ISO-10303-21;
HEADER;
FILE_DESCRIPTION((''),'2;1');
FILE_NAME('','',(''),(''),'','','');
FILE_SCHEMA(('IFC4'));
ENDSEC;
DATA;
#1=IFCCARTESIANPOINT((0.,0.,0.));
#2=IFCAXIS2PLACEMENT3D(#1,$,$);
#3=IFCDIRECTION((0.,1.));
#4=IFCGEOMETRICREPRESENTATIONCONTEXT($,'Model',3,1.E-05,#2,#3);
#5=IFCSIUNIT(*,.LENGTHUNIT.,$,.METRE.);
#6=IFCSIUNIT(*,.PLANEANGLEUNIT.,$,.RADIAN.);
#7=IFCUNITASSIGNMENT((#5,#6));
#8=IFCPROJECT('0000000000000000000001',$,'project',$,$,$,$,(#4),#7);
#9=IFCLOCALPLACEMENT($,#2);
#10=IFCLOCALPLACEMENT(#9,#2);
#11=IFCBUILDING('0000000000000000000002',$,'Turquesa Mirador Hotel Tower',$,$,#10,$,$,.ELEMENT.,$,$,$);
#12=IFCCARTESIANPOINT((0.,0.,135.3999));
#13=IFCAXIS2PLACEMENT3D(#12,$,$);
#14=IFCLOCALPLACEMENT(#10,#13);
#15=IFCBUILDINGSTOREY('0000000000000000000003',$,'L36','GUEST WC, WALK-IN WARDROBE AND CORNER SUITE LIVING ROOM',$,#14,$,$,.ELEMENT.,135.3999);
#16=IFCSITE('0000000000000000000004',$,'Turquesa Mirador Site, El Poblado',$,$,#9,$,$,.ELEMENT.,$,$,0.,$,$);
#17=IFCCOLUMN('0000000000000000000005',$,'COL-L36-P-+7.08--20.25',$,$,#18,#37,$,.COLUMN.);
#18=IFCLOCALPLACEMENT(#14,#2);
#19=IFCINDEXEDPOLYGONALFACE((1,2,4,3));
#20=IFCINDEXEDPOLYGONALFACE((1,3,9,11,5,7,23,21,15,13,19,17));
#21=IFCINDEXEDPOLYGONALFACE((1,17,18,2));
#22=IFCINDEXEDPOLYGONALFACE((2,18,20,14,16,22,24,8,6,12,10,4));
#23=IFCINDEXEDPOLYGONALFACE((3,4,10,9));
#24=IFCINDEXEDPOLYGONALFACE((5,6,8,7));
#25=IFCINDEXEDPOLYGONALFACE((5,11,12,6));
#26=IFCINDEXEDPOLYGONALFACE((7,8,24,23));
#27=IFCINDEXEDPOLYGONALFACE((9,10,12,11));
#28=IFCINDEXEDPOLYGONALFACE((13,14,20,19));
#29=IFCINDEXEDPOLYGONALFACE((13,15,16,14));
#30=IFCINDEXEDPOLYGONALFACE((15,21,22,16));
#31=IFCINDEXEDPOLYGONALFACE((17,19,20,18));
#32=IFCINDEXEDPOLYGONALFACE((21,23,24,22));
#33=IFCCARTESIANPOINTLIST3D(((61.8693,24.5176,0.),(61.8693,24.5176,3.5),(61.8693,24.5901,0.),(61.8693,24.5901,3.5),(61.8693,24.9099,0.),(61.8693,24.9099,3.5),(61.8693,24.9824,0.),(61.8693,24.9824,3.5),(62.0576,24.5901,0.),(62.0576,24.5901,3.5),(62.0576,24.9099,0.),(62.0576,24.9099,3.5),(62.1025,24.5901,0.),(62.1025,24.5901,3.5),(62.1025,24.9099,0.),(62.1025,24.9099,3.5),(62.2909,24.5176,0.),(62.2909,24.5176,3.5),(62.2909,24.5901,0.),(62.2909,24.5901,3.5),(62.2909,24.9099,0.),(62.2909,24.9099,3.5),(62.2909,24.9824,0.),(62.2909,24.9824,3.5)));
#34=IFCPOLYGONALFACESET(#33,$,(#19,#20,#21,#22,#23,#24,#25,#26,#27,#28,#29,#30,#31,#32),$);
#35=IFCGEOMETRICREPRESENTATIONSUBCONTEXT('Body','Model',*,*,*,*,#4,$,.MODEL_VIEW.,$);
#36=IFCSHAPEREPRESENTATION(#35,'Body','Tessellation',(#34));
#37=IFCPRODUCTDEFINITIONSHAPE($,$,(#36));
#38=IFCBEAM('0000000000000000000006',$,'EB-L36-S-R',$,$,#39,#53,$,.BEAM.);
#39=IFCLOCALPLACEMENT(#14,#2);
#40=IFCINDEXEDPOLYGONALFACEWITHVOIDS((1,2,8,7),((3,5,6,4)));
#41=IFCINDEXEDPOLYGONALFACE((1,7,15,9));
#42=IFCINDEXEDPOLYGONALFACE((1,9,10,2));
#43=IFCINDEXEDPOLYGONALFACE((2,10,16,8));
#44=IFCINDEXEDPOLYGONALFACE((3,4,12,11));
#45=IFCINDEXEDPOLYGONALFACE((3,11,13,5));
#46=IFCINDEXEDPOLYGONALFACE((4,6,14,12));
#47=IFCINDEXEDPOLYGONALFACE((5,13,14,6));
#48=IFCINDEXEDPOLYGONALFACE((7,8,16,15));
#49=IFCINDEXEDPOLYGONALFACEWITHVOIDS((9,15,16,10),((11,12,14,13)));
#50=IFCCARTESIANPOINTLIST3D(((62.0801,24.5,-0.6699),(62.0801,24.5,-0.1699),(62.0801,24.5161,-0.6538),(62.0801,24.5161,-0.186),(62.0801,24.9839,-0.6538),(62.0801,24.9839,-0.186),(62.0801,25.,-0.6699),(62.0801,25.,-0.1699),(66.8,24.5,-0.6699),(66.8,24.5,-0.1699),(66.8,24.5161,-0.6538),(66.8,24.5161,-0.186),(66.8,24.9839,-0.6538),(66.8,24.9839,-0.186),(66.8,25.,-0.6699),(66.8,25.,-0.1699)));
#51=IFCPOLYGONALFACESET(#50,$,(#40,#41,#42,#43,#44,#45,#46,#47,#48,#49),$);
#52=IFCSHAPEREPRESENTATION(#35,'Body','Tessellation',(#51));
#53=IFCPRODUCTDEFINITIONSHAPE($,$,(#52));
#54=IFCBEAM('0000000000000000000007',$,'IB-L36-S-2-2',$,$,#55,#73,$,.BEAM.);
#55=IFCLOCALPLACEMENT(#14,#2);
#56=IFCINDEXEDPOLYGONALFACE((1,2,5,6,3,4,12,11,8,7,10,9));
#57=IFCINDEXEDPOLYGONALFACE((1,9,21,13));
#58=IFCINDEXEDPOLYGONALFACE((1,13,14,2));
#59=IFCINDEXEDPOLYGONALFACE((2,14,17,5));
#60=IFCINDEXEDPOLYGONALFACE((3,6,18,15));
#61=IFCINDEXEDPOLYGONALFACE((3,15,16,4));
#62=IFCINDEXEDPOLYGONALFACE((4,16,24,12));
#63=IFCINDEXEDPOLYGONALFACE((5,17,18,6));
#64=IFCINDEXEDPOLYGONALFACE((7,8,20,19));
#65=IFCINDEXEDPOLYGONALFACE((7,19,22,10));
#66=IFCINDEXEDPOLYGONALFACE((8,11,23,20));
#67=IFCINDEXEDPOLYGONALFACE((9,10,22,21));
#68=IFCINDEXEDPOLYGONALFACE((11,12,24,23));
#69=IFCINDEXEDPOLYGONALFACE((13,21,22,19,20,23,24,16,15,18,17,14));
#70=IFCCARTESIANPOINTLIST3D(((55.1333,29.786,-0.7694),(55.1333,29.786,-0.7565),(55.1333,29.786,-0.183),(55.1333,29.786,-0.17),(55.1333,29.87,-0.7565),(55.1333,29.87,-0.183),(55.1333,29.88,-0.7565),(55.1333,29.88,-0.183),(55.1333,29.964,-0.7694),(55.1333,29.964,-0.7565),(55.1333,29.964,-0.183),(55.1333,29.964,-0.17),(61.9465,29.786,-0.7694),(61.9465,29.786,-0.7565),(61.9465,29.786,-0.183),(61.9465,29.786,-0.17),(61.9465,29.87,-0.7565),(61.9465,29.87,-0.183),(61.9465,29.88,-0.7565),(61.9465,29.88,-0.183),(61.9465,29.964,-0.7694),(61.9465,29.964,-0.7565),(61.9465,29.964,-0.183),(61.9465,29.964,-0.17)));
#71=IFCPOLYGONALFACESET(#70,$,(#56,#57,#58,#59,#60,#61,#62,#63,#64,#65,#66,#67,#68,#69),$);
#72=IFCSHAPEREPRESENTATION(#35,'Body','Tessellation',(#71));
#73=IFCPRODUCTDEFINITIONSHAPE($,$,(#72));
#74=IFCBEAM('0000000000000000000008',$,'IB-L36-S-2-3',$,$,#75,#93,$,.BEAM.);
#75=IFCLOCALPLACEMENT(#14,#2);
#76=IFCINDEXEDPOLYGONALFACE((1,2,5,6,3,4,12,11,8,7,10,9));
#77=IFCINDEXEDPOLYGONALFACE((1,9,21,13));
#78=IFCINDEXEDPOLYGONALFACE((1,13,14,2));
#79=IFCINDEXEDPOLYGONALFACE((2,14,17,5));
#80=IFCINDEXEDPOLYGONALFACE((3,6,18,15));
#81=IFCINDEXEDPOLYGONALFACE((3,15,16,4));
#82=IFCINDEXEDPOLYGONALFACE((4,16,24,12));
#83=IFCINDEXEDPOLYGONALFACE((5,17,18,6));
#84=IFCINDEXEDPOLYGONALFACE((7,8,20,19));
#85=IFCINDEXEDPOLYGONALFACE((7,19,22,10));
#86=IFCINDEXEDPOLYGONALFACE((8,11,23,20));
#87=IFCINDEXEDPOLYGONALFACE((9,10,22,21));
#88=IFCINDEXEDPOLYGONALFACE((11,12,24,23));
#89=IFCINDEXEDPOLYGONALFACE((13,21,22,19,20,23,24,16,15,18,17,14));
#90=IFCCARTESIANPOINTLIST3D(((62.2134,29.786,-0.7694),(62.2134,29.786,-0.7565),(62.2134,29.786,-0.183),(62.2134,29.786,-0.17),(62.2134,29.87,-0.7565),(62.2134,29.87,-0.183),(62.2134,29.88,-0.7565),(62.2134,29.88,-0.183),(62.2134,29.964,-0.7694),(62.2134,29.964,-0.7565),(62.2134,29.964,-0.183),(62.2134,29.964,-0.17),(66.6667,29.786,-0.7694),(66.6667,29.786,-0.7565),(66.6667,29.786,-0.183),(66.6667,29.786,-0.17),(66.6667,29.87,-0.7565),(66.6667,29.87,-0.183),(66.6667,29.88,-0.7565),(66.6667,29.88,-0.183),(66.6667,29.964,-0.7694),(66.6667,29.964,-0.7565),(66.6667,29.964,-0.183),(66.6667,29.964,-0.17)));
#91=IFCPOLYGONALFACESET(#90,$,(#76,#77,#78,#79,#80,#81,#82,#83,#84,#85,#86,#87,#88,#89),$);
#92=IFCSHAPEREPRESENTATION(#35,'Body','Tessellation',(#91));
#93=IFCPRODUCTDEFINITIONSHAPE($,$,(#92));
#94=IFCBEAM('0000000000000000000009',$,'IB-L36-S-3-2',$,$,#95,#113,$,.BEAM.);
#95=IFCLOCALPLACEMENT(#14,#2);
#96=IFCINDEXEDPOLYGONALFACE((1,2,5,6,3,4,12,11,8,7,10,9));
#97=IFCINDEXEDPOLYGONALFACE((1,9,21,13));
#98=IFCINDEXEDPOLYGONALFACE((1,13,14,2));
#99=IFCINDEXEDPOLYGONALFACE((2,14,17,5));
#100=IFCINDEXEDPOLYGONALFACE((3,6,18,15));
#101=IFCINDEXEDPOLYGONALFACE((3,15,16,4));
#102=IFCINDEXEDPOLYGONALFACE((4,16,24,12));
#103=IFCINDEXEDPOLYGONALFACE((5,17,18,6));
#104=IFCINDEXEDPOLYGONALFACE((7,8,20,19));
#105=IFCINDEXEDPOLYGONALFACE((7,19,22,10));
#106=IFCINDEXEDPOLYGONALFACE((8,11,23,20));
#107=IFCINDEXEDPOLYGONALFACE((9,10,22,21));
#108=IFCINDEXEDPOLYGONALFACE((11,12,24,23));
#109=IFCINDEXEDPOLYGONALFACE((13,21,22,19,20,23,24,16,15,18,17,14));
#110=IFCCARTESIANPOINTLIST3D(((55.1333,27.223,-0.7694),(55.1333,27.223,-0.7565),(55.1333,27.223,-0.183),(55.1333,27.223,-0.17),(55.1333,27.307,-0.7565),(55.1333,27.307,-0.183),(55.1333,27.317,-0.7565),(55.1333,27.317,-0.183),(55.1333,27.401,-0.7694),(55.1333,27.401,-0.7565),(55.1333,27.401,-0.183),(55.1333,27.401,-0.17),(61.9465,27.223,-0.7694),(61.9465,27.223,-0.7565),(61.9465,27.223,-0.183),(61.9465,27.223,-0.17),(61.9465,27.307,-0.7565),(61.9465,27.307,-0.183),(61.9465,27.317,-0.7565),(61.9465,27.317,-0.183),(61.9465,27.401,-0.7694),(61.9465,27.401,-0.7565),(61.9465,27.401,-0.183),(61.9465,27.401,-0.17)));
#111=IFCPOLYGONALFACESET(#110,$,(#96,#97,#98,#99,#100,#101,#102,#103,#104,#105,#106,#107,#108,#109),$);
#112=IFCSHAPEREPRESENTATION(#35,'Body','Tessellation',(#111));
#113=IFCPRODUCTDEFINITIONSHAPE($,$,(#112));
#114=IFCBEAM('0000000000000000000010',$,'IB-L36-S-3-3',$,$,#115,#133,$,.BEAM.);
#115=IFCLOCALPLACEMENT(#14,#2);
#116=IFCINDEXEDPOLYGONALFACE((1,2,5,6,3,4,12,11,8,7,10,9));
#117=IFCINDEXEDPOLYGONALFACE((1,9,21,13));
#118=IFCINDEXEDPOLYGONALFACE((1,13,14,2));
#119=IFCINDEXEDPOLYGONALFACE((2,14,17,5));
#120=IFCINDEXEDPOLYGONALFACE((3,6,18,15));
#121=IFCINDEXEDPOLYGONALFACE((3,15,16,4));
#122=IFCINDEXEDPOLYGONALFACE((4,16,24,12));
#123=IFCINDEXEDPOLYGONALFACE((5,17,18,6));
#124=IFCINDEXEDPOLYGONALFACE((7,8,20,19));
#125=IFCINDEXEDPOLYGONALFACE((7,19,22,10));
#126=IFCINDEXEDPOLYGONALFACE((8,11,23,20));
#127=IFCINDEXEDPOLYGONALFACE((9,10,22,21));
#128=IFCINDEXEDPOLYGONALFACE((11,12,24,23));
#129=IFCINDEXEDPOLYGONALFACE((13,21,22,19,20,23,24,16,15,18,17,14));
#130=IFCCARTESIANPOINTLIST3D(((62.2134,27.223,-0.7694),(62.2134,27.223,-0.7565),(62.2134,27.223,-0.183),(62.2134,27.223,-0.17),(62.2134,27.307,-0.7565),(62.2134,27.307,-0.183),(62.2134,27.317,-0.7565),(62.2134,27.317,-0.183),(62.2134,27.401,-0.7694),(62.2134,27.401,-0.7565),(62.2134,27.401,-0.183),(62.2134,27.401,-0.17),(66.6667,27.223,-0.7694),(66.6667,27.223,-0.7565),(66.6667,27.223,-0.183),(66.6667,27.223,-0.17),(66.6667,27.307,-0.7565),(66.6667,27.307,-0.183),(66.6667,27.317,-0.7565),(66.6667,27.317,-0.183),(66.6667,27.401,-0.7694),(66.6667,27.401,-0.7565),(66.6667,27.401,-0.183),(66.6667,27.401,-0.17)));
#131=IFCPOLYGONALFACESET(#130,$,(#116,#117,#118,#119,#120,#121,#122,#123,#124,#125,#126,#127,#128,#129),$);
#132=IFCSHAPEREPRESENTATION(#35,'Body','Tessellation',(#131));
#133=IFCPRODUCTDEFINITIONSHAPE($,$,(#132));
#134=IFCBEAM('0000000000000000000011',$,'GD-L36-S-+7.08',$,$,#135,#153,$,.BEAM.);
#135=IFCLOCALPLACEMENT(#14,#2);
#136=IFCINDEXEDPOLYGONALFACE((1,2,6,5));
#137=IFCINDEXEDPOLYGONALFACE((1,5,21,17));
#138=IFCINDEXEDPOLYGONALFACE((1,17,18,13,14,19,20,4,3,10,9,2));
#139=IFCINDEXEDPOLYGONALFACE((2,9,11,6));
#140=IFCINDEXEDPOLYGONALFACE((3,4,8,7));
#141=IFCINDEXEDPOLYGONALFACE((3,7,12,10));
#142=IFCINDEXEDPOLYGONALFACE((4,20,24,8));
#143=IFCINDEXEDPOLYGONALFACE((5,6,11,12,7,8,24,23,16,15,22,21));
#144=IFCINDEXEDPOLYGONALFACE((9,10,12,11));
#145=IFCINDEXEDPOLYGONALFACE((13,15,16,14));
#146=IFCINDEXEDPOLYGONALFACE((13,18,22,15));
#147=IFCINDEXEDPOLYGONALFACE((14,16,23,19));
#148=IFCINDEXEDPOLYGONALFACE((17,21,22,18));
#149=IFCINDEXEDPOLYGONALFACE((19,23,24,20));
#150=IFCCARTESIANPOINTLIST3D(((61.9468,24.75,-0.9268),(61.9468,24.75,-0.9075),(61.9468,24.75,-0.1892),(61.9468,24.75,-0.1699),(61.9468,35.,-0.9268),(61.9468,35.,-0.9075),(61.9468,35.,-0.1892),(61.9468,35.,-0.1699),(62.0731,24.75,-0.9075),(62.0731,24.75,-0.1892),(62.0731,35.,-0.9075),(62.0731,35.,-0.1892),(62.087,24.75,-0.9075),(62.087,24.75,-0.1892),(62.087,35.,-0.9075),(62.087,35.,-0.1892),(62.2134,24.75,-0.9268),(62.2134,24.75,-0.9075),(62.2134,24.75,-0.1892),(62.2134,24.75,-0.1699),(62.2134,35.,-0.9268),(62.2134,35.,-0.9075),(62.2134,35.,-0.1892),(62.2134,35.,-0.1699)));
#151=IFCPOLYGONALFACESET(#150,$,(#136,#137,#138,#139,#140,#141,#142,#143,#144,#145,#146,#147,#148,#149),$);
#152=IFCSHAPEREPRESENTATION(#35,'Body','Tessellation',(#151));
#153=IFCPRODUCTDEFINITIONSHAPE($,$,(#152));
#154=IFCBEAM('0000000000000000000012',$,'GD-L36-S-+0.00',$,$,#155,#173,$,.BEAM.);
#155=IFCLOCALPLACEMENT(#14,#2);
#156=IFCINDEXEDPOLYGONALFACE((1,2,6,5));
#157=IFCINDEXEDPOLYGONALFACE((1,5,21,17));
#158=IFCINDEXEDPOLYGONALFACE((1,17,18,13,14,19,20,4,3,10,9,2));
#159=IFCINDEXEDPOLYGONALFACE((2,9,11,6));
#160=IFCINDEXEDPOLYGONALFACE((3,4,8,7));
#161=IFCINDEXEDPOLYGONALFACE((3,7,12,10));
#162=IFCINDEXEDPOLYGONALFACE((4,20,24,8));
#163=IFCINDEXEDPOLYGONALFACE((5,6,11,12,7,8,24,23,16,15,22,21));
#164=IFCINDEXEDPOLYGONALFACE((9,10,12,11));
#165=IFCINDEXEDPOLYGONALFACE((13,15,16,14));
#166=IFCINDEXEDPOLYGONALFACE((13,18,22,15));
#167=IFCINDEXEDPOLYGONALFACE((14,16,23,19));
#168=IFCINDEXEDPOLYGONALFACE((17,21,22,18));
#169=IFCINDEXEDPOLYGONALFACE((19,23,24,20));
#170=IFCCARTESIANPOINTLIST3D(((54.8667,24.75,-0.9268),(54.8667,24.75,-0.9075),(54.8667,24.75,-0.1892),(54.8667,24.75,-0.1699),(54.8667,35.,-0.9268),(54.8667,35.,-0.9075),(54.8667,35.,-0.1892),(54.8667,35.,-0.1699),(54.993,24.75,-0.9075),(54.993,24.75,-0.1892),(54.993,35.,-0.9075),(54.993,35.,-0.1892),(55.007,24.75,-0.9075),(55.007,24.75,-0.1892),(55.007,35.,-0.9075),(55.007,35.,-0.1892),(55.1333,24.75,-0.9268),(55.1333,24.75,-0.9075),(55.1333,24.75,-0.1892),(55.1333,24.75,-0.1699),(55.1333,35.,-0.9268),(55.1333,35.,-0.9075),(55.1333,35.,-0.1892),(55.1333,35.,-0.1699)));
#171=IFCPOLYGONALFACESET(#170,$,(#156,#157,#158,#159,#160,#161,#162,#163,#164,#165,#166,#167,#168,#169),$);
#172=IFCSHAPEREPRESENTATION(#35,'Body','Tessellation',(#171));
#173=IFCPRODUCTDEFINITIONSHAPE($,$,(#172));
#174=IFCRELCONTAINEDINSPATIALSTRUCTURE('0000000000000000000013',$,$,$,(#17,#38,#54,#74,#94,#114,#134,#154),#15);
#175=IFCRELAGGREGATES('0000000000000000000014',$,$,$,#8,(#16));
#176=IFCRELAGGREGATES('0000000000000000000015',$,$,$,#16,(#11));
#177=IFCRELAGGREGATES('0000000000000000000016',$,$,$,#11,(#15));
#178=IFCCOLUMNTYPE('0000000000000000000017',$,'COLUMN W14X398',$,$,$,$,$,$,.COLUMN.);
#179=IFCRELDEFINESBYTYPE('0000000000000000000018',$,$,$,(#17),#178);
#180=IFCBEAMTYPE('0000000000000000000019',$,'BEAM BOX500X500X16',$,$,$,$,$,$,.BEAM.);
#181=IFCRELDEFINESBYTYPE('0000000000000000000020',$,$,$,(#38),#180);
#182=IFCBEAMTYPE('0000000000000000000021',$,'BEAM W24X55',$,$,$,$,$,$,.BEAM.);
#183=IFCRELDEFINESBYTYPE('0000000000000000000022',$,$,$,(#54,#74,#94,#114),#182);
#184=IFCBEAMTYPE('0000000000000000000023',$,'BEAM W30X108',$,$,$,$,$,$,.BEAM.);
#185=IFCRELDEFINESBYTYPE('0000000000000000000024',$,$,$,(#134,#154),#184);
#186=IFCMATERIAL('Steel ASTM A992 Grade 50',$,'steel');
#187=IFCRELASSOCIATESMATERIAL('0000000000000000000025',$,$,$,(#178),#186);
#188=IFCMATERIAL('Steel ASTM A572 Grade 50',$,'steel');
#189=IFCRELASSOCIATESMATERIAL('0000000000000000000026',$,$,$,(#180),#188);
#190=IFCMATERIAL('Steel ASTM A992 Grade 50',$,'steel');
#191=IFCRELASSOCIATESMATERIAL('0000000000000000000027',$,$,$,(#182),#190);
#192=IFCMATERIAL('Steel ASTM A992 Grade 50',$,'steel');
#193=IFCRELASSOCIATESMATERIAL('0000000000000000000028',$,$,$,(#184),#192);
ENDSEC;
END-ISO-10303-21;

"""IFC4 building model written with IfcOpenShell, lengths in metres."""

from ifc_helpers import new_model, si_unit, direction, frame, origin, origin_2d, place, context, subcontext, project, spatial, hollow_rectangle, i_section, extrude, material, material_profile, profile_set, type_object, element, save


model = new_model("IFC4")

# Units and contexts
model_context = context("Model", 3, precision=1e-05, world=origin(), true_north=direction((0.0, 1.0)))
body_context = subcontext(model_context, "Body", "Model", "MODEL_VIEW")
ifc_project = project(units=[si_unit("LENGTHUNIT", "METRE"), si_unit("PLANEANGLEUNIT", "RADIAN")], contexts=[model_context])

# Site, building, storey
site_placement = place(None, origin())
site = spatial("IfcSite", under=ifc_project, at=site_placement, Name="Turquesa Mirador Site, El Poblado", CompositionType="ELEMENT", RefElevation=0.0)
building_placement = place(site_placement, origin())
building = spatial("IfcBuilding", under=site, at=building_placement, Name="Turquesa Mirador Hotel Tower", CompositionType="ELEMENT")
storey_placement = place(building_placement, frame((0.0, 0.0, 135.3999)))
storey = spatial("IfcBuildingStorey", under=building, at=storey_placement, Name="L36", Description="GUEST WC, WALK-IN WARDROBE AND CORNER SUITE LIVING ROOM", CompositionType="ELEMENT", Elevation=135.3999)

# Column
ifc_material_1 = material(Name="Steel ASTM A992 Grade 50", Category="steel")
ifc_material_profile_1 = material_profile(ifc_material_1, i_section(OverallWidth=0.4216, OverallDepth=0.4648, WebThickness=0.0449, FlangeThickness=0.0725, at=origin_2d()), Name="W14X398")
ifc_profile_set_1 = profile_set([ifc_material_profile_1], Name="Steel ASTM A992 Grade 50")
column_type = type_object("IfcColumnType", Name="COLUMN W14X398", PredefinedType="COLUMN", material=ifc_profile_set_1)
column_placement = place(storey_placement, frame((62.0801, 24.75, 0.0), z_axis=(0.0, 0.0, 1.0), x_axis=(1.0, 0.0, 0.0)))
element("IfcColumn", 1, at=column_placement, inside=storey, type_object=column_type, Name="COL-L36-P-+7.08--20.25", PredefinedType="COLUMN", context=body_context, shape_type="SweptSolid", body=[
    extrude(i_section(OverallWidth=0.4216, OverallDepth=0.4648, WebThickness=0.0449, FlangeThickness=0.0725, at=origin_2d()), origin(), (0.0, 0.0, 1.0), 3.5),
])

# Beams
ifc_material_2 = material(Name="Steel ASTM A572 Grade 50", Category="steel")
ifc_material_profile_2 = material_profile(ifc_material_2, hollow_rectangle(XDim=0.5, YDim=0.5, WallThickness=0.0161, at=origin_2d()), Name="BOX500X500X16")
ifc_profile_set_2 = profile_set([ifc_material_profile_2], Name="Steel ASTM A572 Grade 50")
beam_type_1 = type_object("IfcBeamType", Name="BEAM BOX500X500X16", PredefinedType="BEAM", material=ifc_profile_set_2)
beam_1_placement = place(storey_placement, frame((62.0801, 24.75, -0.4199), z_axis=(1.0, 0.0, 0.0), x_axis=(0.0, 1.0, 0.0)))
element("IfcBeam", 2, at=beam_1_placement, inside=storey, type_object=beam_type_1, Name="EB-L36-S-R", PredefinedType="BEAM", context=body_context, shape_type="SweptSolid", body=[
    extrude(hollow_rectangle(XDim=0.5, YDim=0.5, WallThickness=0.0161, at=origin_2d()), origin(), (0.0, 0.0, 1.0), 4.72),
])
ifc_material_3 = material(Name="Steel ASTM A992 Grade 50", Category="steel")
ifc_material_profile_3 = material_profile(ifc_material_3, i_section(OverallWidth=0.178, OverallDepth=0.5994, WebThickness=0.01, FlangeThickness=0.0129, at=origin_2d()), Name="W24X55")
ifc_profile_set_3 = profile_set([ifc_material_profile_3], Name="Steel ASTM A992 Grade 50")
beam_type_2 = type_object("IfcBeamType", Name="BEAM W24X55", PredefinedType="BEAM", material=ifc_profile_set_3)
beam_2_placement = place(storey_placement, frame((55.1333, 29.875, -0.4697), z_axis=(1.0, 0.0, 0.0), x_axis=(0.0, 1.0, 0.0)))
element("IfcBeam", 3, at=beam_2_placement, inside=storey, type_object=beam_type_2, Name="IB-L36-S-2-2", PredefinedType="BEAM", context=body_context, shape_type="SweptSolid", body=[
    extrude(i_section(OverallWidth=0.178, OverallDepth=0.5994, WebThickness=0.01, FlangeThickness=0.0129, at=origin_2d()), origin(), (0.0, 0.0, 1.0), 6.8132),
])
beam_3_placement = place(storey_placement, frame((62.2134, 29.875, -0.4697), z_axis=(1.0, 0.0, 0.0), x_axis=(0.0, 1.0, 0.0)))
element("IfcBeam", 4, at=beam_3_placement, inside=storey, type_object=beam_type_2, Name="IB-L36-S-2-3", PredefinedType="BEAM", context=body_context, shape_type="SweptSolid", body=[
    extrude(i_section(OverallWidth=0.178, OverallDepth=0.5994, WebThickness=0.01, FlangeThickness=0.0129, at=origin_2d()), origin(), (0.0, 0.0, 1.0), 4.4534),
])
beam_4_placement = place(storey_placement, frame((55.1333, 27.312, -0.4697), z_axis=(1.0, 0.0, 0.0), x_axis=(0.0, 1.0, 0.0)))
element("IfcBeam", 5, at=beam_4_placement, inside=storey, type_object=beam_type_2, Name="IB-L36-S-3-2", PredefinedType="BEAM", context=body_context, shape_type="SweptSolid", body=[
    extrude(i_section(OverallWidth=0.178, OverallDepth=0.5994, WebThickness=0.01, FlangeThickness=0.0129, at=origin_2d()), origin(), (0.0, 0.0, 1.0), 6.8132),
])
beam_5_placement = place(storey_placement, frame((62.2134, 27.312, -0.4697), z_axis=(1.0, 0.0, 0.0), x_axis=(0.0, 1.0, 0.0)))
element("IfcBeam", 6, at=beam_5_placement, inside=storey, type_object=beam_type_2, Name="IB-L36-S-3-3", PredefinedType="BEAM", context=body_context, shape_type="SweptSolid", body=[
    extrude(i_section(OverallWidth=0.178, OverallDepth=0.5994, WebThickness=0.01, FlangeThickness=0.0129, at=origin_2d()), origin(), (0.0, 0.0, 1.0), 4.4534),
])
ifc_material_4 = material(Name="Steel ASTM A992 Grade 50", Category="steel")
ifc_material_profile_4 = material_profile(ifc_material_4, i_section(OverallWidth=0.2666, OverallDepth=0.7568, WebThickness=0.0139, FlangeThickness=0.0193, at=origin_2d()), Name="W30X108")
ifc_profile_set_4 = profile_set([ifc_material_profile_4], Name="Steel ASTM A992 Grade 50")
beam_type_3 = type_object("IfcBeamType", Name="BEAM W30X108", PredefinedType="BEAM", material=ifc_profile_set_4)
for number, where, z_axis, x_axis, name in (
    (7, (62.0801, 24.75, -0.5483), (0.0, 1.0, 0.0), (-1.0, 0.0, 0.0), "GD-L36-S-+7.08"),
    (8, (55.0, 24.75, -0.5483), (0.0, 1.0, 0.0), (-1.0, 0.0, 0.0), "GD-L36-S-+0.00"),
):
    element("IfcBeam", number, at=place(storey_placement, frame(where, z_axis=z_axis, x_axis=x_axis)), inside=storey, type_object=beam_type_3, Name=name, PredefinedType="BEAM", context=body_context, shape_type="SweptSolid", body=[
        extrude(i_section(OverallWidth=0.2666, OverallDepth=0.7568, WebThickness=0.0139, FlangeThickness=0.0193, at=origin_2d()), origin(), (0.0, 0.0, 1.0), 10.25),
    ])

save(model, "model.ifc")
